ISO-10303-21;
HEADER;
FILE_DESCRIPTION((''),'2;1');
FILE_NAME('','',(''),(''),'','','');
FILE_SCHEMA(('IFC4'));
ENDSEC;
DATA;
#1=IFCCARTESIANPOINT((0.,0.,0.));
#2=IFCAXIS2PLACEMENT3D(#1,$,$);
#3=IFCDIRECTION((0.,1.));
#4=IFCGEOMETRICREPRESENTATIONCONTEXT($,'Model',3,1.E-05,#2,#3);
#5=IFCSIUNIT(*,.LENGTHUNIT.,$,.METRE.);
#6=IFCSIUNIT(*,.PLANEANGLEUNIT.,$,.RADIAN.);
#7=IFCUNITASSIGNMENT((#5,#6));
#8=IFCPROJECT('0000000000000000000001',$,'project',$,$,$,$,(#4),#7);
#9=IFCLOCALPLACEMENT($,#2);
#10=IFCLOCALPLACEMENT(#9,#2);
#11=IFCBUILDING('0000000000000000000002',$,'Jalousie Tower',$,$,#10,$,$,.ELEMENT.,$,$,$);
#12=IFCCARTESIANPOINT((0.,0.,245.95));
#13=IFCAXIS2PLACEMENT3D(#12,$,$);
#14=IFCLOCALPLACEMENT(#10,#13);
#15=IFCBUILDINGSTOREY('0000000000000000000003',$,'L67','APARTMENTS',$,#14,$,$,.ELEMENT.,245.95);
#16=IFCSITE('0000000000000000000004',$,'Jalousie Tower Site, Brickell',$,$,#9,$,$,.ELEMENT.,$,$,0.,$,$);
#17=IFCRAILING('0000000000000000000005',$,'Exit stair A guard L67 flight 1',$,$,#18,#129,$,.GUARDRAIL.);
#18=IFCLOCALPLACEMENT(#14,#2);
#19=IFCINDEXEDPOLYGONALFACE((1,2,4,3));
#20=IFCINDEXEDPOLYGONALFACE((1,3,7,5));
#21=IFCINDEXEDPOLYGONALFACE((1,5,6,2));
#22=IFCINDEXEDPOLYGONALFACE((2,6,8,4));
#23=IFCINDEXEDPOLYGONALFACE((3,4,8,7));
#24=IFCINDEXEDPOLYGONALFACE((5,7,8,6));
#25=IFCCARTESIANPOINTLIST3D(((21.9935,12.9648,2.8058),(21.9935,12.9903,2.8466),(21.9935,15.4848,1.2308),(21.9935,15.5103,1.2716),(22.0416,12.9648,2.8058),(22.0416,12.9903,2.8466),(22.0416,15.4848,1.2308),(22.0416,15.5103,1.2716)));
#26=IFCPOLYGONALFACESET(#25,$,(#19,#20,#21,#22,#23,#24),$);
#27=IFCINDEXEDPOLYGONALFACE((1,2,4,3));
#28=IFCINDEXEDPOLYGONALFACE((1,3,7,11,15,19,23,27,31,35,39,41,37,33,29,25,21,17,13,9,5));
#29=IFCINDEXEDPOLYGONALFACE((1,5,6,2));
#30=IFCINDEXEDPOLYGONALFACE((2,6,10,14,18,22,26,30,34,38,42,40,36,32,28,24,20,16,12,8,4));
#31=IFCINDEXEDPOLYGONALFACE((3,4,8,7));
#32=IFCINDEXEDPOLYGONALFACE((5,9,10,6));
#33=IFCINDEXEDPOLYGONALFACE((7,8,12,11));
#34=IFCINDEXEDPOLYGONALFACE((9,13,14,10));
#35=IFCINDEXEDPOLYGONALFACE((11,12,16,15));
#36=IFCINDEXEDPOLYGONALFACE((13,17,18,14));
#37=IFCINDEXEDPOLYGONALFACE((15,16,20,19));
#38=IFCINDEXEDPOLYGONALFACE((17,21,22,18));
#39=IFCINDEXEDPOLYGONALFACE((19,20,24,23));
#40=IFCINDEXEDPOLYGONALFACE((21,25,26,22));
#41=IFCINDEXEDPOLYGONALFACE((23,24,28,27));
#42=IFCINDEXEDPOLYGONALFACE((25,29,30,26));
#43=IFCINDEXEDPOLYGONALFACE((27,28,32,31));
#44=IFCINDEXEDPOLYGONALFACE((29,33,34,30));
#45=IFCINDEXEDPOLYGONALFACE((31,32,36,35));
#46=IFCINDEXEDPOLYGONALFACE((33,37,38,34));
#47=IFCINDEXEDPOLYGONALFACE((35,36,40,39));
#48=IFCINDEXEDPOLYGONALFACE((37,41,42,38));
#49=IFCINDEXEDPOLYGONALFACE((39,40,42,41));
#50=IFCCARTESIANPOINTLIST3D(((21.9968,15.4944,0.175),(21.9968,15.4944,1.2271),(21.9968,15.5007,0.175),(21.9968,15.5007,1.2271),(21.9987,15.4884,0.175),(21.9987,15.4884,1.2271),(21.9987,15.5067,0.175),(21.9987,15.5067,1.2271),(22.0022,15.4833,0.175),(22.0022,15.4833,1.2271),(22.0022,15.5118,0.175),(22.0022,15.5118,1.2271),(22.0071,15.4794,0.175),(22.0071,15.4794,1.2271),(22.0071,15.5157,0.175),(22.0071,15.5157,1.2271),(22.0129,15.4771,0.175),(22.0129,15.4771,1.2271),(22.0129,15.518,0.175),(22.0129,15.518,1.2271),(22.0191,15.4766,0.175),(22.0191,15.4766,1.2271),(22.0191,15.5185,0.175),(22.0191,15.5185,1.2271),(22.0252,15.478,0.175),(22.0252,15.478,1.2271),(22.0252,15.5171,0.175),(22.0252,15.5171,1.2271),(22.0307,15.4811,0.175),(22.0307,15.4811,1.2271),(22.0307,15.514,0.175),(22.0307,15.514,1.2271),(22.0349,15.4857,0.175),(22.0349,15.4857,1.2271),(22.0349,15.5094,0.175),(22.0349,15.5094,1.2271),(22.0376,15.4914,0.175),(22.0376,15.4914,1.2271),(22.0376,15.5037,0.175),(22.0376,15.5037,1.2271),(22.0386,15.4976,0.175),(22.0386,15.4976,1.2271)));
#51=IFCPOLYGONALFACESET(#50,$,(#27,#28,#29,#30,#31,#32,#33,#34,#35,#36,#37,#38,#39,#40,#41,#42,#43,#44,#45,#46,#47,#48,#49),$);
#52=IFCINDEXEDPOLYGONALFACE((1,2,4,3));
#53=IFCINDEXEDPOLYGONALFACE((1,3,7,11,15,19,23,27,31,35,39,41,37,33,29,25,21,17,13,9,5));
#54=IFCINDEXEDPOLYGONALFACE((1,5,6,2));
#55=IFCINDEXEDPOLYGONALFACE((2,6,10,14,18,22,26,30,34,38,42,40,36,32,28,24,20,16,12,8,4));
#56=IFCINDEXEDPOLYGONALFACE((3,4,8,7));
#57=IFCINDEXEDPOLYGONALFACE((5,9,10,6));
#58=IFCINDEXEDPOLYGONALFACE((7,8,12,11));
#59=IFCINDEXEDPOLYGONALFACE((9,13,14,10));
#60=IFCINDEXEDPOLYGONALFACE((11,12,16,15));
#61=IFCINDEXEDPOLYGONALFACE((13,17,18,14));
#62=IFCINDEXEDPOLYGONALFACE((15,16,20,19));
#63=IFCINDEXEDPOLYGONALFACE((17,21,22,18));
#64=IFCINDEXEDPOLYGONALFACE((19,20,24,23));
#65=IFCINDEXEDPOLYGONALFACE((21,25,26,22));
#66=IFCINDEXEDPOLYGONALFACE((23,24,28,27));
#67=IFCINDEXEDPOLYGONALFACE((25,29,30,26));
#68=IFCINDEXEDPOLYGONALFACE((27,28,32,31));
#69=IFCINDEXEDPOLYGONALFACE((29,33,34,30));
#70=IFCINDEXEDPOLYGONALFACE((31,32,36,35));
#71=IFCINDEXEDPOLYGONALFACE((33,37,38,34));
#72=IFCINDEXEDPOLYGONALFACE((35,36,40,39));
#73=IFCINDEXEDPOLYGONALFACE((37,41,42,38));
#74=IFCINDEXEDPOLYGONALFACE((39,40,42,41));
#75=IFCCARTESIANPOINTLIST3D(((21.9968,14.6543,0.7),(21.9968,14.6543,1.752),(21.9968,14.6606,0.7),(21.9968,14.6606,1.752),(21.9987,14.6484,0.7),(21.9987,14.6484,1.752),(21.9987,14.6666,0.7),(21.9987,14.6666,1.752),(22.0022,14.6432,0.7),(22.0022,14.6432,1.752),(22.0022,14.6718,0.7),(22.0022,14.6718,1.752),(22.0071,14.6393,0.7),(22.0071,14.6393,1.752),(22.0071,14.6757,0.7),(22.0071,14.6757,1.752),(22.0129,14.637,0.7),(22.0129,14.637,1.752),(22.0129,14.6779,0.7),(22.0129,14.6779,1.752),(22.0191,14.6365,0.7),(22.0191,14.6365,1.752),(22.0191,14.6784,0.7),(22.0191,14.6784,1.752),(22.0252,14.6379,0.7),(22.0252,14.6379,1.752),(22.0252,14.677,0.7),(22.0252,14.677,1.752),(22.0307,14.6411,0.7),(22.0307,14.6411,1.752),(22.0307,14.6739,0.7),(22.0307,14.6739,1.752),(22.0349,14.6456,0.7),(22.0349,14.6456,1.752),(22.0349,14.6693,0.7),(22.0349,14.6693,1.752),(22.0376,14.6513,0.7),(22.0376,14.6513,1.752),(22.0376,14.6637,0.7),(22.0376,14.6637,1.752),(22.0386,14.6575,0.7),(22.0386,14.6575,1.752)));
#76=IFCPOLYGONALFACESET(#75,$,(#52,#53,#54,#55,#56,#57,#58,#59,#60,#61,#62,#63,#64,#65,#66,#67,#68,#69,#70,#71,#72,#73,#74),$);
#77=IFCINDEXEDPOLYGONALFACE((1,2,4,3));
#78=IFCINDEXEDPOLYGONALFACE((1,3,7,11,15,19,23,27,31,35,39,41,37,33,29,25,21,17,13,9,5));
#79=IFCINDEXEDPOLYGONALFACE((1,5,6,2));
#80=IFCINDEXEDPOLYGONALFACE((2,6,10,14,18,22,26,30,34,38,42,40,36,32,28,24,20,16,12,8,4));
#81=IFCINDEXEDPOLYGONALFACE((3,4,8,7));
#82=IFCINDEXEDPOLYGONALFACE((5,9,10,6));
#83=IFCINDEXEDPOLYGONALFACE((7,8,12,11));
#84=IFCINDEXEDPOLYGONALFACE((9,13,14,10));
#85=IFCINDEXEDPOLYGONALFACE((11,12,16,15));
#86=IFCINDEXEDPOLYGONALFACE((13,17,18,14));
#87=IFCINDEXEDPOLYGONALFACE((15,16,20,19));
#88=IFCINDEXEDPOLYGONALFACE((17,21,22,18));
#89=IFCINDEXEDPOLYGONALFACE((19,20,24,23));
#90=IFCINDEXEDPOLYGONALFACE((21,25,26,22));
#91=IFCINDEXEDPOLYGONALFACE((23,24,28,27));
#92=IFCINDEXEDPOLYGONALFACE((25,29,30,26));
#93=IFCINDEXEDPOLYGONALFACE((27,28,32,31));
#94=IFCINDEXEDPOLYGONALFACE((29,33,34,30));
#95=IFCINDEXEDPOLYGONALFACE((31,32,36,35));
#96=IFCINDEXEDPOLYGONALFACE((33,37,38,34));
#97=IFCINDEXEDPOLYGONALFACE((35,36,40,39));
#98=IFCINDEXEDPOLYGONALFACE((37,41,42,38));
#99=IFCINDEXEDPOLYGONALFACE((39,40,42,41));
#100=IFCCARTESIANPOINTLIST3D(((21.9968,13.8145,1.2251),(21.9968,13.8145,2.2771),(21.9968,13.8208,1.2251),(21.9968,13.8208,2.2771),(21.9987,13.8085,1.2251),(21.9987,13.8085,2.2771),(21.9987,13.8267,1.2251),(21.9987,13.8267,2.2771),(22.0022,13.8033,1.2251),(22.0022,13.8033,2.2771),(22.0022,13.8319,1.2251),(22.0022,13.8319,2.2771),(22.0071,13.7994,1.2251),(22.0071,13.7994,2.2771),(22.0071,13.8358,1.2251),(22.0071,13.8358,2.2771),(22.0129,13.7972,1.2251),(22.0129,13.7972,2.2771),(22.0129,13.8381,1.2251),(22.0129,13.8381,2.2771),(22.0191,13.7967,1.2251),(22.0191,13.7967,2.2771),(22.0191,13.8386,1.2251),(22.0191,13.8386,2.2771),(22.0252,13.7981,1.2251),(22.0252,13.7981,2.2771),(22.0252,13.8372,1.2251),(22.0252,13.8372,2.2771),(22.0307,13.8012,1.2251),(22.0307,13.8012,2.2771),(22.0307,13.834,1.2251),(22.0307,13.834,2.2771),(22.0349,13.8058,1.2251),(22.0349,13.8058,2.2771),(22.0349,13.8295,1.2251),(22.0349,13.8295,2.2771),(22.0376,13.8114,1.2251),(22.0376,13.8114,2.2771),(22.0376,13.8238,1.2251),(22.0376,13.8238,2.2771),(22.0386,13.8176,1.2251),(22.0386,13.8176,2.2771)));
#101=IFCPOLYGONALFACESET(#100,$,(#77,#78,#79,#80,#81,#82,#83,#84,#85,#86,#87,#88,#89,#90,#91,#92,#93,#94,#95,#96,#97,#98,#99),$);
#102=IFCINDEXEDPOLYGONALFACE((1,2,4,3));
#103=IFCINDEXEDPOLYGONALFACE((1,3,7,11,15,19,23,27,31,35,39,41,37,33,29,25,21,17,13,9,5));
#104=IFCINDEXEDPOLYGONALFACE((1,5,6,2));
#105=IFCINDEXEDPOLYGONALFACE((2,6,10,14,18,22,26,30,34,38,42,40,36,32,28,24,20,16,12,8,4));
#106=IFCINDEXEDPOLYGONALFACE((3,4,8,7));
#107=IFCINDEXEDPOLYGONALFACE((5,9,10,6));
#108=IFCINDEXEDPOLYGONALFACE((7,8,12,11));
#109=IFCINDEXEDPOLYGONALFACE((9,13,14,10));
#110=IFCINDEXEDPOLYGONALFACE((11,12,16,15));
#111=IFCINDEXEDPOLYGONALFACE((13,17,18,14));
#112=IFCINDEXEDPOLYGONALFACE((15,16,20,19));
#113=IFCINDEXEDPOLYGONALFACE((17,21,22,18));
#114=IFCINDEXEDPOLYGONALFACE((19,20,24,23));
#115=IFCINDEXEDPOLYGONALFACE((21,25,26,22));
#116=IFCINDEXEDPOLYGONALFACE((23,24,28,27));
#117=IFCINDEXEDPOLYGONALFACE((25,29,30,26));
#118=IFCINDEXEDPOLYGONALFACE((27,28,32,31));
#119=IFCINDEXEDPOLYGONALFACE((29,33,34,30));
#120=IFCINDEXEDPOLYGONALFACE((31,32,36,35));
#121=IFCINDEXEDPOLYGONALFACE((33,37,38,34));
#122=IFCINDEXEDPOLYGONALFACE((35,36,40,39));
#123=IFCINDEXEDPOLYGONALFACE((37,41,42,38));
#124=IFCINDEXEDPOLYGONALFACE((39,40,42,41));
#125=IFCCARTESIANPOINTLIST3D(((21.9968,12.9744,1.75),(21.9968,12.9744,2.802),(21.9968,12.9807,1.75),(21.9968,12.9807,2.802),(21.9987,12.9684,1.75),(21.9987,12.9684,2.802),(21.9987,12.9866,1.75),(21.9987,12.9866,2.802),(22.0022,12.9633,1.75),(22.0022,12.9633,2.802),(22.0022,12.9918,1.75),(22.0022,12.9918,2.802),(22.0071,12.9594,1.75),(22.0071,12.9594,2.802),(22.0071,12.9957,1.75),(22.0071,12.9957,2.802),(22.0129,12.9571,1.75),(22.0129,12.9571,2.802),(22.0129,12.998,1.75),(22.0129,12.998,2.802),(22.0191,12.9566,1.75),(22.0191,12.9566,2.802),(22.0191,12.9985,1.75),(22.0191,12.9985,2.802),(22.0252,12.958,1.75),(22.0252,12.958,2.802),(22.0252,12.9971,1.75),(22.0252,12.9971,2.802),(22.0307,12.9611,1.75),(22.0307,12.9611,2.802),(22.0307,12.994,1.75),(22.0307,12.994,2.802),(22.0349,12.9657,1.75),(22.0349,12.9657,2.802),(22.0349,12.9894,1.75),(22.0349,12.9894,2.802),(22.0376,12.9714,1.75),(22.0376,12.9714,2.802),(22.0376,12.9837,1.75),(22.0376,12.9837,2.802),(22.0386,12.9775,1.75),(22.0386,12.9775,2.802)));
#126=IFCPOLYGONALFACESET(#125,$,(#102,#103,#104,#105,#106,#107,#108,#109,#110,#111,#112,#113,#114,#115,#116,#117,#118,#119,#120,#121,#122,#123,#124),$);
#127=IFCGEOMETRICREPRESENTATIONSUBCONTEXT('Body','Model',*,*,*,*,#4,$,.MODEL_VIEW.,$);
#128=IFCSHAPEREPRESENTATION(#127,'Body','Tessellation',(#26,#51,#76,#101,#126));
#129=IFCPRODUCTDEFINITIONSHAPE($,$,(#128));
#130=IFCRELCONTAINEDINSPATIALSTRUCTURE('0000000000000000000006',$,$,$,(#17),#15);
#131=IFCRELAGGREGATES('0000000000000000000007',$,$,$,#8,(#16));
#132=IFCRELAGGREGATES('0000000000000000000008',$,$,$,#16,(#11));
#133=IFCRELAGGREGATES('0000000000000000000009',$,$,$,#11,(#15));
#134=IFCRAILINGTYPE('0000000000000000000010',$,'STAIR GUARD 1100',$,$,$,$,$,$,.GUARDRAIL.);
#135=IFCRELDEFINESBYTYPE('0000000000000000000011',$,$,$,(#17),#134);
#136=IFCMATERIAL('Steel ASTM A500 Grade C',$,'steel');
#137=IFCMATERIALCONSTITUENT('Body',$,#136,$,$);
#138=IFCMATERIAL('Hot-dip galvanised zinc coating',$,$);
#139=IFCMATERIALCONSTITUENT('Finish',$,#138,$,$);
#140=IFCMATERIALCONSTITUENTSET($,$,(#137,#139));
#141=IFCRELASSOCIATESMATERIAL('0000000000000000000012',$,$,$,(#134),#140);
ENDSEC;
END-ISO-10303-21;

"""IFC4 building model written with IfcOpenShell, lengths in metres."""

from ifc_helpers import new_model, si_unit, direction, frame, origin, origin_2d, place, context, subcontext, project, spatial, rectangle, circle, extrude, material, constituent, constituent_set, type_object, element, save


model = new_model("IFC4")

# Units and contexts
model_context = context("Model", 3, precision=1e-05, world=origin(), true_north=direction((0.0, 1.0)))
body_context = subcontext(model_context, "Body", "Model", "MODEL_VIEW")
ifc_project = project(units=[si_unit("LENGTHUNIT", "METRE"), si_unit("PLANEANGLEUNIT", "RADIAN")], contexts=[model_context])

# Site, building, storey
site_placement = place(None, origin())
site = spatial("IfcSite", under=ifc_project, at=site_placement, Name="Jalousie Tower Site, Brickell", CompositionType="ELEMENT", RefElevation=0.0)
building_placement = place(site_placement, origin())
building = spatial("IfcBuilding", under=site, at=building_placement, Name="Jalousie Tower", CompositionType="ELEMENT")
storey_placement = place(building_placement, frame((0.0, 0.0, 245.95)))
storey = spatial("IfcBuildingStorey", under=building, at=storey_placement, Name="L67", Description="APARTMENTS", CompositionType="ELEMENT", Elevation=245.95)

# Railing
ifc_material_1 = material(Name="Steel ASTM A500 Grade C", Category="steel")
ifc_constituent_1 = constituent(ifc_material_1, Name="Body")
ifc_material_2 = material(Name="Hot-dip galvanised zinc coating")
ifc_constituent_2 = constituent(ifc_material_2, Name="Finish")
ifc_constituent_set_1 = constituent_set(constituents=[ifc_constituent_1, ifc_constituent_2])
railing_type_1 = type_object("IfcRailingType", Name="STAIR GUARD 1100", PredefinedType="GUARDRAIL", material=ifc_constituent_set_1)
railing_1_placement = place(storey_placement, frame((22.0176, 15.4976, 0.175)))
element("IfcRailing", 1, at=railing_1_placement, inside=storey, type_object=railing_type_1, Name="Exit stair A guard L67 flight 1", PredefinedType="GUARDRAIL", context=body_context, shape_type="SweptSolid", body=[
    extrude(rectangle(XDim=0.0481, YDim=0.0481, at=origin_2d()), frame((0.0, 0.0, 1.0762), z_axis=(0.0, -0.848008, 0.529984), x_axis=(1.0, 0.0, 0.0)), (0.0, 0.0, 1.0), 2.9717),
    extrude(circle(Radius=0.021, at=origin_2d()), origin(), (0.0, 0.0, 1.0), 1.052),
    extrude(circle(Radius=0.021, at=origin_2d()), frame((0.0, -0.8401, 0.5249)), (0.0, 0.0, 1.0), 1.052),
    extrude(circle(Radius=0.021, at=origin_2d()), frame((0.0, -1.6799, 1.05)), (0.0, 0.0, 1.0), 1.052),
    extrude(circle(Radius=0.021, at=origin_2d()), frame((0.0, -2.52, 1.575)), (0.0, 0.0, 1.0), 1.052),
])

save(model, "model.ifc")
